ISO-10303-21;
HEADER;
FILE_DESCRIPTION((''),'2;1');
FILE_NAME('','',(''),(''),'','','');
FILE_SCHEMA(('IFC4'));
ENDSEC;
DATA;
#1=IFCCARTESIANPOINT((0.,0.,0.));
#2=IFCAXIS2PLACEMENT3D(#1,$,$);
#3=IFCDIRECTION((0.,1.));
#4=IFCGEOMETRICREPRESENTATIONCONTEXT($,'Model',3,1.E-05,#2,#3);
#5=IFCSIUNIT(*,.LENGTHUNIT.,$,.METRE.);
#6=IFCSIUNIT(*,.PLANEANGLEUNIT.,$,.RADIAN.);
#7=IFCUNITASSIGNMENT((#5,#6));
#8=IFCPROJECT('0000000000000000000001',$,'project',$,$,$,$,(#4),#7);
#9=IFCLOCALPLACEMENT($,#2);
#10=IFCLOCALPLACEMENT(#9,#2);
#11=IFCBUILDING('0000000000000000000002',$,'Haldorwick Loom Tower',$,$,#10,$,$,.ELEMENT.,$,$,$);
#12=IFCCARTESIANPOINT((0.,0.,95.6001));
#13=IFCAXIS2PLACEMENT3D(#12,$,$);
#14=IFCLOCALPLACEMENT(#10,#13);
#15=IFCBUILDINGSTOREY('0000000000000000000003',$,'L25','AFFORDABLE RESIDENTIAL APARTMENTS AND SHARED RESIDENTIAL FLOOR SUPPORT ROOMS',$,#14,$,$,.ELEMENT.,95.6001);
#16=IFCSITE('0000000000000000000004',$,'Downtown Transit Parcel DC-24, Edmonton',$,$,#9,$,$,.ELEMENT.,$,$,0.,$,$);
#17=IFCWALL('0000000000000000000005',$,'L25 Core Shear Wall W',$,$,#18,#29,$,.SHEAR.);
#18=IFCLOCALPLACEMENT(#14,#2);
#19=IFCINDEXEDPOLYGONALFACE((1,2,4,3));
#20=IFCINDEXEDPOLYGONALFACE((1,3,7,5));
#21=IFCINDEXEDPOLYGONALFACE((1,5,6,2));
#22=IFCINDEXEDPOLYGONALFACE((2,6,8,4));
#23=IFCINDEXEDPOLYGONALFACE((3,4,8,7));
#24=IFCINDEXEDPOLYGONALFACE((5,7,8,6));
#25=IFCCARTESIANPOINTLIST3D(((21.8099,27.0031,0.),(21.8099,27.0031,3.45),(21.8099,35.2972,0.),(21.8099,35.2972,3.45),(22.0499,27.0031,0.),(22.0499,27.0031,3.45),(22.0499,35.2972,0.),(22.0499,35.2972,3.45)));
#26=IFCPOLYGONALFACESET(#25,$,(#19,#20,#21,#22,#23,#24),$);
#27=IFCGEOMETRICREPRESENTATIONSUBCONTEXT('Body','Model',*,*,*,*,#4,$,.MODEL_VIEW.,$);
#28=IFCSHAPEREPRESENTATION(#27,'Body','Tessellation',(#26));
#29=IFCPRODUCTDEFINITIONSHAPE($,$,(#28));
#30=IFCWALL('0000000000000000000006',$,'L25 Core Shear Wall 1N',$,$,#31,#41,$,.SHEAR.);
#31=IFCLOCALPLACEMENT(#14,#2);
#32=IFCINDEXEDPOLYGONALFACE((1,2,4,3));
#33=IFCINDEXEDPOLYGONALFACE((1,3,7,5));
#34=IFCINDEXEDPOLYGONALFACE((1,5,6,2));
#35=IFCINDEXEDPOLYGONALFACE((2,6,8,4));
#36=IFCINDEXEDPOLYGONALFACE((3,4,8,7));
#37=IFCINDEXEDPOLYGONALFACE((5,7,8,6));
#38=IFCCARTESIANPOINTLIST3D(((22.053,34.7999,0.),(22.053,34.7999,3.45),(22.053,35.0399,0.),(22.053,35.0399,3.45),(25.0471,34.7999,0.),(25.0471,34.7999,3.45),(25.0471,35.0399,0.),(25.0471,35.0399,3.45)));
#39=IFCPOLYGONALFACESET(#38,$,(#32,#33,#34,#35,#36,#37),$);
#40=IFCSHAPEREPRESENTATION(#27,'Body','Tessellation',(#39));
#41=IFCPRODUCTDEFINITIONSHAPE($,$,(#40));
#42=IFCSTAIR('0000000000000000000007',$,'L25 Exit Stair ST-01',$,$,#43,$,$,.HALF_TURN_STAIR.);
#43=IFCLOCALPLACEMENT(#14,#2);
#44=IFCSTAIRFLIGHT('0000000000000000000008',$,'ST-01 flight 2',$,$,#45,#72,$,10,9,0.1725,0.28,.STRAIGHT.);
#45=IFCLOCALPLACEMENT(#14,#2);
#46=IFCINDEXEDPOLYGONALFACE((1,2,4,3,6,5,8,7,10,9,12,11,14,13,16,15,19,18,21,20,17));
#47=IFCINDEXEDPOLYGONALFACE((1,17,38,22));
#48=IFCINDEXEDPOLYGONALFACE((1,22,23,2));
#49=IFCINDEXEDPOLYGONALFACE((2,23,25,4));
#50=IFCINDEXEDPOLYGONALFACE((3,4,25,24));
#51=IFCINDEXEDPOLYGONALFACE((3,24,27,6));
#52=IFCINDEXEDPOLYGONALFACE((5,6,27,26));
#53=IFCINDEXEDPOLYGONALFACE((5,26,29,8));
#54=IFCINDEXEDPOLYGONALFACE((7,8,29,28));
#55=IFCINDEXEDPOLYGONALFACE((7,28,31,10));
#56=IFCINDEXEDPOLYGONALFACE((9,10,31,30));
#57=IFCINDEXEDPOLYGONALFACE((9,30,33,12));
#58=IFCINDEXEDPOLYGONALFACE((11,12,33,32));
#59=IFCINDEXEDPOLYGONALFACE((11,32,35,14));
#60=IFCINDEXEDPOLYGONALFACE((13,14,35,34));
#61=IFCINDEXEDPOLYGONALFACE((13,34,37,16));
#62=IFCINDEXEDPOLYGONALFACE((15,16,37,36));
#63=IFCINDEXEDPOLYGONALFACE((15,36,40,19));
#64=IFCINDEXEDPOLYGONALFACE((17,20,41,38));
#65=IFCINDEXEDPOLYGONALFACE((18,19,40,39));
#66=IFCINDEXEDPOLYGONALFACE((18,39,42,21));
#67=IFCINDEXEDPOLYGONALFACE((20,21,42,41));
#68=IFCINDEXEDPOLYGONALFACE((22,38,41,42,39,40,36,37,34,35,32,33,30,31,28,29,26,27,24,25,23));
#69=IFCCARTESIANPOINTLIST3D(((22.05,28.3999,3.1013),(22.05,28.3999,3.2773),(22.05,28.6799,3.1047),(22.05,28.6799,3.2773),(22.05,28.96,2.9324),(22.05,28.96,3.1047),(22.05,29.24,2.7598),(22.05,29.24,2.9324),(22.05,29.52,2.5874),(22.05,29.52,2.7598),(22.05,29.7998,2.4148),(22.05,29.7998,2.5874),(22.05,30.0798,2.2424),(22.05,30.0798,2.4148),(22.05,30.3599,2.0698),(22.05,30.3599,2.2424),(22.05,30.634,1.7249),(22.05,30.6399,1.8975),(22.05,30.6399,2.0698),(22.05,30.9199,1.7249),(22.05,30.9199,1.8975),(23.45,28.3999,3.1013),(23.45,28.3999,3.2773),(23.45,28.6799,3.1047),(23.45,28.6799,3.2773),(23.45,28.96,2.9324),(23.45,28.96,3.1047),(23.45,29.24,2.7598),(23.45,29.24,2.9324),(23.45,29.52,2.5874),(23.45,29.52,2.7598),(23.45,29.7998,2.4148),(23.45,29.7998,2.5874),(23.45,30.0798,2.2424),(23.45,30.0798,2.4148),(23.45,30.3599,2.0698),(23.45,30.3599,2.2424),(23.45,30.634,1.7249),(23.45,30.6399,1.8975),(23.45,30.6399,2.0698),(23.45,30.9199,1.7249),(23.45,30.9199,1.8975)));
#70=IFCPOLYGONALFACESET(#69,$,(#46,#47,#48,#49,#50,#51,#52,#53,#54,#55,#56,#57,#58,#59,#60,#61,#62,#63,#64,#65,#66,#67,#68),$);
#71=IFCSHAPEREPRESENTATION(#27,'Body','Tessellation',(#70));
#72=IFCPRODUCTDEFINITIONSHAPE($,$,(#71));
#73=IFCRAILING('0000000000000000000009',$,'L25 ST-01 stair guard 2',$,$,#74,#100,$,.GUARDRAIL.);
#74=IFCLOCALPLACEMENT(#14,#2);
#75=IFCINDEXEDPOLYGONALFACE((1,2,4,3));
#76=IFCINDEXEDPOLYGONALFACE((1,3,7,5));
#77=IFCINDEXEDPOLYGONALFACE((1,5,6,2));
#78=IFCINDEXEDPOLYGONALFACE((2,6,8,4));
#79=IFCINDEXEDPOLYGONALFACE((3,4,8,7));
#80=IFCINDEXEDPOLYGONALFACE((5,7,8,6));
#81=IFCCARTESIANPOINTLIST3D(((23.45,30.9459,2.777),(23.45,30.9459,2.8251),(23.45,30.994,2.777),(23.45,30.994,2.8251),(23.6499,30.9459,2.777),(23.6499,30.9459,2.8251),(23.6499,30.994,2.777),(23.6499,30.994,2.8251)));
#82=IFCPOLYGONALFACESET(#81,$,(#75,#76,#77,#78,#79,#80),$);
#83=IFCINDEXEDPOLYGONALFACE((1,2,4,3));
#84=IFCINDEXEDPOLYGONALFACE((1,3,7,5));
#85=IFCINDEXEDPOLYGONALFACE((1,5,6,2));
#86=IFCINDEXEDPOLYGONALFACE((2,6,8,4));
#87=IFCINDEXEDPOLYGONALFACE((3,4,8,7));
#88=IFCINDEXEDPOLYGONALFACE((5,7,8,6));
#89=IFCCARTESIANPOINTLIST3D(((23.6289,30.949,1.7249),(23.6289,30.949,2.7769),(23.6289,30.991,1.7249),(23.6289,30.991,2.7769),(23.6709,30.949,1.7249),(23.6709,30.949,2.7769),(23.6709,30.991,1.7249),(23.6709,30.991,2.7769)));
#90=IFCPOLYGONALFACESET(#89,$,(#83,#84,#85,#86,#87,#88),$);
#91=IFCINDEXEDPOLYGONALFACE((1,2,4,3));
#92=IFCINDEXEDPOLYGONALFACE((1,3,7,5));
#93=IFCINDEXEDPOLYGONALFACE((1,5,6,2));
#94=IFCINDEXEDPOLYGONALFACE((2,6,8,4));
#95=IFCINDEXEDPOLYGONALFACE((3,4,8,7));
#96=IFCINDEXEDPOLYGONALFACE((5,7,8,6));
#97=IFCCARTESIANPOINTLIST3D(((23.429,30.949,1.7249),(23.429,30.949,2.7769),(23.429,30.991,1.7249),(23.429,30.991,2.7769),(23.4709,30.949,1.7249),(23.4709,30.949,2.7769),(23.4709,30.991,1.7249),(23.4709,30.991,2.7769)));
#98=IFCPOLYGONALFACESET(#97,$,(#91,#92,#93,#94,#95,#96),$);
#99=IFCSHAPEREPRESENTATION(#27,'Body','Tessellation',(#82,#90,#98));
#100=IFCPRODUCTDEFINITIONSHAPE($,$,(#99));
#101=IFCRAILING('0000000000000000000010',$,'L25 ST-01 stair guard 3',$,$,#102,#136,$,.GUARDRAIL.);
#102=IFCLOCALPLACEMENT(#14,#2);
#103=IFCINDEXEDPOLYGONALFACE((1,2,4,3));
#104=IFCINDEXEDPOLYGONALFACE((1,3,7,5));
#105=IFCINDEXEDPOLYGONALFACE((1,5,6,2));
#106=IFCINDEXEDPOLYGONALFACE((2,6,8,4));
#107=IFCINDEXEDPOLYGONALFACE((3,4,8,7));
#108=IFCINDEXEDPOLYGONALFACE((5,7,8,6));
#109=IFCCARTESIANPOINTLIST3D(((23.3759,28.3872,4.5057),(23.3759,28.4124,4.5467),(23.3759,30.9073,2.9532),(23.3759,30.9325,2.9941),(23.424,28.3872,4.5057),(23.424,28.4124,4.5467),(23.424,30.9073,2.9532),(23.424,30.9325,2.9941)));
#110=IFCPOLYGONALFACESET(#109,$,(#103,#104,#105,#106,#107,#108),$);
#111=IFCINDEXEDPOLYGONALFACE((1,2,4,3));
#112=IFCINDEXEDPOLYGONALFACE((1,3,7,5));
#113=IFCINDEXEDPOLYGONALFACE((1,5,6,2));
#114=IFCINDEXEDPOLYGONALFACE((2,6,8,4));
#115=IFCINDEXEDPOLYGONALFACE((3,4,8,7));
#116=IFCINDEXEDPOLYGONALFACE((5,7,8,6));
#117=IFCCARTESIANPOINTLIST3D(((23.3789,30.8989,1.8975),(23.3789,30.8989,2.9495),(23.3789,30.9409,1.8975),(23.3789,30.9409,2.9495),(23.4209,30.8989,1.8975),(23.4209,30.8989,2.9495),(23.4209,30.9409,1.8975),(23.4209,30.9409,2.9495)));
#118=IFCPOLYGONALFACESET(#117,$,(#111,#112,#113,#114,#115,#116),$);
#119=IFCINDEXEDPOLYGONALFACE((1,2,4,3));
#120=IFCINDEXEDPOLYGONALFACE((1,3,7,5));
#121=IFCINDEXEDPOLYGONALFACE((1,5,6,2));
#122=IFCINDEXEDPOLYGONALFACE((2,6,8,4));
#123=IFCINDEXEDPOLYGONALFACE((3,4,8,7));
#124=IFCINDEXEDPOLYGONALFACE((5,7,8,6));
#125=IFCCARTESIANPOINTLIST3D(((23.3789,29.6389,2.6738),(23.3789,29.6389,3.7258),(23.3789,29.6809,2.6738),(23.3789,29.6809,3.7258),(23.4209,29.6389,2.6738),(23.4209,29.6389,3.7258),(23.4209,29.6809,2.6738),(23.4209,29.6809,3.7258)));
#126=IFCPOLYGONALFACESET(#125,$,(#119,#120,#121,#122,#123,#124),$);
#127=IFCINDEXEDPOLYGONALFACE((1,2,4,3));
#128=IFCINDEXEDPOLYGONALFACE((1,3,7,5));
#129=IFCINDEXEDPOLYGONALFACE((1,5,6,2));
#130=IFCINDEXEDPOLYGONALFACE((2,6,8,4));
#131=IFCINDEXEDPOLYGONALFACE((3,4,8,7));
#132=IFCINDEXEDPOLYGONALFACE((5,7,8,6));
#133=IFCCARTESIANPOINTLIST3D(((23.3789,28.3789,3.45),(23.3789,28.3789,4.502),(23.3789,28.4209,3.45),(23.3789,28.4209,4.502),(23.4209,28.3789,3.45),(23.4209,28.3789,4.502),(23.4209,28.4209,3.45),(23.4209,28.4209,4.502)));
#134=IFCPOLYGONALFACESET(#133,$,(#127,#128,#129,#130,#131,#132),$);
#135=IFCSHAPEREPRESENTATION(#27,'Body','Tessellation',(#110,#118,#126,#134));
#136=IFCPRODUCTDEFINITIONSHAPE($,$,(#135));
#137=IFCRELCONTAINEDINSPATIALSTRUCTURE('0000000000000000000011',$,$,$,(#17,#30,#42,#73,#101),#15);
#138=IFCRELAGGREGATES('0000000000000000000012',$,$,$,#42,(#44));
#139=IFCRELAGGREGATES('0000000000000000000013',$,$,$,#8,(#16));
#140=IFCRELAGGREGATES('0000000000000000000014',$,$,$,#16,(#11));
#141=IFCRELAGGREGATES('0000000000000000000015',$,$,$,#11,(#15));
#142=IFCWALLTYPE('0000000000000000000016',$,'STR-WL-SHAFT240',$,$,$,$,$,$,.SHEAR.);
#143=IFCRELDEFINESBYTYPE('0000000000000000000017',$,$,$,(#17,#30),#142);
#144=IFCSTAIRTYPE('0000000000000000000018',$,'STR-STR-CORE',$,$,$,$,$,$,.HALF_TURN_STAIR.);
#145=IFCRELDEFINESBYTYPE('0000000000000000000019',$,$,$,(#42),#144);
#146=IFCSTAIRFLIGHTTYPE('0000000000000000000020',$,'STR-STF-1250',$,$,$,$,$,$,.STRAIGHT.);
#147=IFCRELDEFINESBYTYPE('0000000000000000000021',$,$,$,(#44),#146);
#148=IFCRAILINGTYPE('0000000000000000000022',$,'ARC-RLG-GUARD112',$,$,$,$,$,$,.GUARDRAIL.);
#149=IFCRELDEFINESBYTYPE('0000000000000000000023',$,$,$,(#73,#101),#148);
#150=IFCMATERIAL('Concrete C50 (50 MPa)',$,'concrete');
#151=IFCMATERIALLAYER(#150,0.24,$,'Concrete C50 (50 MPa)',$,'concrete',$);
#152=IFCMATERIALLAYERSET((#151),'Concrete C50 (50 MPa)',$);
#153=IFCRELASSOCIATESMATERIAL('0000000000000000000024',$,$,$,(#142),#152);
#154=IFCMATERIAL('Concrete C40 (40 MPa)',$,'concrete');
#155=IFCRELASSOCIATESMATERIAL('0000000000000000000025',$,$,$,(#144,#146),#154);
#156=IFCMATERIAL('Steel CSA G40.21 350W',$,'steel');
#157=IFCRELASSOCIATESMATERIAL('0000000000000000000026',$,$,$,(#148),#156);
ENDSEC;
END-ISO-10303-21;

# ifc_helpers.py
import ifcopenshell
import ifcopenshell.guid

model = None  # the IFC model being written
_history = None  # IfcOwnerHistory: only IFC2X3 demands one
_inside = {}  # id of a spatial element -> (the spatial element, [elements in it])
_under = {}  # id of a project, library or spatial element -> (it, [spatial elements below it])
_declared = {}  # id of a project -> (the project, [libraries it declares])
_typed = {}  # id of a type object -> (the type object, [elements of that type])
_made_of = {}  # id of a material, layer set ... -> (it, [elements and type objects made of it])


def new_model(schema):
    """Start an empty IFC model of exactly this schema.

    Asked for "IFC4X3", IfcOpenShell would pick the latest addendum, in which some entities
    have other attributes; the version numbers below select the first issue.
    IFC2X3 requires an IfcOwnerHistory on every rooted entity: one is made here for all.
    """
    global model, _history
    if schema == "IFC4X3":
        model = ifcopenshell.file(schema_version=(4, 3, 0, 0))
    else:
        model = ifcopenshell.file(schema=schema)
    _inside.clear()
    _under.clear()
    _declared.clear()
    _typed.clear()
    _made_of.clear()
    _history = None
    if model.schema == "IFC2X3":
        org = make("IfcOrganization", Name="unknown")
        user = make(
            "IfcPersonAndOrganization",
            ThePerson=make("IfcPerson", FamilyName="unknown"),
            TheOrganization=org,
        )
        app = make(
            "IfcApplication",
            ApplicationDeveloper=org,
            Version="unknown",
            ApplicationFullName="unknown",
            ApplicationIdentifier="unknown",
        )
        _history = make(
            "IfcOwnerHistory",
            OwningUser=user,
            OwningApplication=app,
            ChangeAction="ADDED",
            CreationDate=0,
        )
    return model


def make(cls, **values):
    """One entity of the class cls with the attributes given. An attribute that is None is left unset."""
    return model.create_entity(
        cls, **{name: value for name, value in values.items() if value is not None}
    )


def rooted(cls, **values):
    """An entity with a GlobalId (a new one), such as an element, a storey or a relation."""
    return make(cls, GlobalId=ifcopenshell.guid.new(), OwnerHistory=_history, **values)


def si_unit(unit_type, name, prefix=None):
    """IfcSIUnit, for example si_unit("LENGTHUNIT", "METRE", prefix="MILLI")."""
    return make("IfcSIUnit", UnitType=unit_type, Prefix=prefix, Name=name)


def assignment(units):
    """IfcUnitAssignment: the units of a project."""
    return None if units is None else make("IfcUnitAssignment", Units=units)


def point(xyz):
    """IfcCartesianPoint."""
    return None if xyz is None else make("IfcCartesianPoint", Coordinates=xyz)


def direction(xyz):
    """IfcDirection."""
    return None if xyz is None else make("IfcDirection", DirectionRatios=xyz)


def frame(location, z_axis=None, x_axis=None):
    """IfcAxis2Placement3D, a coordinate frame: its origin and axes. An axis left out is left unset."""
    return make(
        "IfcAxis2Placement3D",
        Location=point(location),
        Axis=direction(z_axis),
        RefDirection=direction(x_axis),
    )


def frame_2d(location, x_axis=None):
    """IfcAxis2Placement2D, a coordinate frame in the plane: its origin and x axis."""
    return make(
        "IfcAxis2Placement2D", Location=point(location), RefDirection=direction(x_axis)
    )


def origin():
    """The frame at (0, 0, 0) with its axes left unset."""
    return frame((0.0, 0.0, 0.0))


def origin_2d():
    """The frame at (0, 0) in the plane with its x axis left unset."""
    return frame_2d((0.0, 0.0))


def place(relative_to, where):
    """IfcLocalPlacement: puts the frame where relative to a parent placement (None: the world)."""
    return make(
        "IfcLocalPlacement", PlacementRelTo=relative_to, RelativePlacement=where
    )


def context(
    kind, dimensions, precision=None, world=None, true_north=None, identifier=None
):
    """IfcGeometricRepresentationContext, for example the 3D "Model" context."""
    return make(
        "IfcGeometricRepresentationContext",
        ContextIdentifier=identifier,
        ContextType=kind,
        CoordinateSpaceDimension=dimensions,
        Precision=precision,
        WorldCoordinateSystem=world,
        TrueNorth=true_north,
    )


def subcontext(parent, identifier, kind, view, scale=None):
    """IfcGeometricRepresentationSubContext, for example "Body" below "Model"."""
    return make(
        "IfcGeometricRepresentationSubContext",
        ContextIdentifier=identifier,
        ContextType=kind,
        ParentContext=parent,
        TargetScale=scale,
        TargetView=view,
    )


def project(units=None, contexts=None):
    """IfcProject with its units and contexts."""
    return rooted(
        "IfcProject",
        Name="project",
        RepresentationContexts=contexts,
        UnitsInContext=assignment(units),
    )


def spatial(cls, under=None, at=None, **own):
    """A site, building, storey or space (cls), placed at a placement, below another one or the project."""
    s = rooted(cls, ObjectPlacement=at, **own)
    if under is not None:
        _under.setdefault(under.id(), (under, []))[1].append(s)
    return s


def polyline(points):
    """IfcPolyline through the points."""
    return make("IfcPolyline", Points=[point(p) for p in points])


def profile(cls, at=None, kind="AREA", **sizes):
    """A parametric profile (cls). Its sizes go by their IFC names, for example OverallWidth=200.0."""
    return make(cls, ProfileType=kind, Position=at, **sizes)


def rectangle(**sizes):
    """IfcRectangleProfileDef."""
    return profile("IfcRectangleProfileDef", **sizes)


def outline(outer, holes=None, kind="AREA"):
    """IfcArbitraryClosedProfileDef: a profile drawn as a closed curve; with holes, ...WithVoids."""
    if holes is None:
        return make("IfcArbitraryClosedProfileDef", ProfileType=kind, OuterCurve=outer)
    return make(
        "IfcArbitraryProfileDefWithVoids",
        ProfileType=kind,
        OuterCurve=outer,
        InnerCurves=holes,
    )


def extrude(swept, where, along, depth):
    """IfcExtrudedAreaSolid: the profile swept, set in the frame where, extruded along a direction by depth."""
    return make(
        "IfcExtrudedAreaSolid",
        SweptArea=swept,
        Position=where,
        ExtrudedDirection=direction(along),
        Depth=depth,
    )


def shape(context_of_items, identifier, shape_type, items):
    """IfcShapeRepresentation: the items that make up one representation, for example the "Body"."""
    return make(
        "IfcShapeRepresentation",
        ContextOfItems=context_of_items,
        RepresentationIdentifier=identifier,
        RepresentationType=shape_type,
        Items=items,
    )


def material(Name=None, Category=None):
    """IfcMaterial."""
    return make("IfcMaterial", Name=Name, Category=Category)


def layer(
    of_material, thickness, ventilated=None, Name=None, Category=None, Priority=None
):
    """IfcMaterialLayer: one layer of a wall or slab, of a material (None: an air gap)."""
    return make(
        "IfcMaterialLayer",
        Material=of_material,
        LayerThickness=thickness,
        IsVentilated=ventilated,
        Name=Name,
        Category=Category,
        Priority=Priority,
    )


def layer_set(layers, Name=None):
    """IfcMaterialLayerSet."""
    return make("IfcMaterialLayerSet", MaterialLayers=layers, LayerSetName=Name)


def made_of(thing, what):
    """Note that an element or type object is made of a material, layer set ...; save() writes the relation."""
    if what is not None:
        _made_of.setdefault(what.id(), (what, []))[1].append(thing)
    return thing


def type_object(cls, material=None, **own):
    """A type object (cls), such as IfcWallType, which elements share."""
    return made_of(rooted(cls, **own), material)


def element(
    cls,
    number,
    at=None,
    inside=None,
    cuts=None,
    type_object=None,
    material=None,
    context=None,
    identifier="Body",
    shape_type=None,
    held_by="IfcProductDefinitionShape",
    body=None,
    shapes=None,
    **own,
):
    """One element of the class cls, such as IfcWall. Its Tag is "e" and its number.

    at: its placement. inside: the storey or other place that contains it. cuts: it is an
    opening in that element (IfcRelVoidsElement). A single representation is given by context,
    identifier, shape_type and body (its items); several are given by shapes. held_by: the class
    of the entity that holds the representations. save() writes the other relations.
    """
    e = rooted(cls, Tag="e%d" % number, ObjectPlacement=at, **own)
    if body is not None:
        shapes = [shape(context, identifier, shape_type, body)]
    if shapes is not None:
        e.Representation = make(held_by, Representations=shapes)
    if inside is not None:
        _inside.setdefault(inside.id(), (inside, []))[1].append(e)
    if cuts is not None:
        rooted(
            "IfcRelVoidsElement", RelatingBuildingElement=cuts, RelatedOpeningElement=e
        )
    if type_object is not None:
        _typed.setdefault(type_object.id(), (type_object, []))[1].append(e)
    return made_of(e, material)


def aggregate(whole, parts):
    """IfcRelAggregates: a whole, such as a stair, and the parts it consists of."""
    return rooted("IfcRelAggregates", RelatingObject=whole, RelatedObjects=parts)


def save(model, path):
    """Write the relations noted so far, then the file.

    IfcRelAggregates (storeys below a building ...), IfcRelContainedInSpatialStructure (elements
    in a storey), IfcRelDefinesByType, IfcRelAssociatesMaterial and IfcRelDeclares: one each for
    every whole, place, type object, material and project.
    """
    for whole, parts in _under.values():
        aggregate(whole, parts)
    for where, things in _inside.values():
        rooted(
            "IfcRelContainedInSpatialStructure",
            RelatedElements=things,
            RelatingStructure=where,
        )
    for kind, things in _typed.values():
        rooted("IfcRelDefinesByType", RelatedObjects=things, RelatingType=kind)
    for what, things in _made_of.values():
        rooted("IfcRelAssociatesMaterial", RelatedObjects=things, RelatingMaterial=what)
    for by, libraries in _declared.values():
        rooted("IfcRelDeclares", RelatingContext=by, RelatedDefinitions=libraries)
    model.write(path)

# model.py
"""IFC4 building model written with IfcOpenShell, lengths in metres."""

from ifc_helpers import new_model, si_unit, direction, frame, frame_2d, origin, origin_2d, place, context, subcontext, project, spatial, polyline, rectangle, outline, extrude, material, layer, layer_set, type_object, element, aggregate, save


model = new_model("IFC4")

# Units and contexts
model_context = context("Model", 3, precision=1e-05, world=origin(), true_north=direction((0.0, 1.0)))
body_context = subcontext(model_context, "Body", "Model", "MODEL_VIEW")
ifc_project = project(units=[si_unit("LENGTHUNIT", "METRE"), si_unit("PLANEANGLEUNIT", "RADIAN")], contexts=[model_context])

# Site, building, storey
site_placement = place(None, origin())
site = spatial("IfcSite", under=ifc_project, at=site_placement, Name="Downtown Transit Parcel DC-24, Edmonton", CompositionType="ELEMENT", RefElevation=0.0)
building_placement = place(site_placement, origin())
building = spatial("IfcBuilding", under=site, at=building_placement, Name="Haldorwick Loom Tower", CompositionType="ELEMENT")
storey_placement = place(building_placement, frame((0.0, 0.0, 95.6001)))
storey = spatial("IfcBuildingStorey", under=building, at=storey_placement, Name="L25", Description="AFFORDABLE RESIDENTIAL APARTMENTS AND SHARED RESIDENTIAL FLOOR SUPPORT ROOMS", CompositionType="ELEMENT", Elevation=95.6001)

# Shared definitions
ifc_material_1 = material(Name="Steel CSA G40.21 350W", Category="steel")

# Walls
ifc_material_2 = material(Name="Concrete C50 (50 MPa)", Category="concrete")
ifc_layer_1 = layer(ifc_material_2, 0.24, Name="Concrete C50 (50 MPa)", Category="concrete")
ifc_layer_set_1 = layer_set([ifc_layer_1], Name="Concrete C50 (50 MPa)")
wall_type_1 = type_object("IfcWallType", Name="STR-WL-SHAFT240", PredefinedType="SHEAR", material=ifc_layer_set_1)
wall_1_placement = place(storey_placement, frame((21.9299, 35.2971, 0.0), z_axis=(0.0, 0.0, 1.0), x_axis=(0.0, -1.0, 0.0)))
element("IfcWall", 1, at=wall_1_placement, inside=storey, type_object=wall_type_1, Name="L25 Core Shear Wall W", PredefinedType="SHEAR", context=body_context, shape_type="SweptSolid", body=[
    extrude(rectangle(XDim=8.2942, YDim=0.24, at=frame_2d((4.147, 0.0))), origin(), (0.0, 0.0, 1.0), 3.45),
])
wall_2_placement = place(storey_placement, frame((22.053, 34.9199, 0.0), z_axis=(0.0, 0.0, 1.0), x_axis=(1.0, 0.0, 0.0)))
element("IfcWall", 2, at=wall_2_placement, inside=storey, type_object=wall_type_1, Name="L25 Core Shear Wall 1N", PredefinedType="SHEAR", context=body_context, shape_type="SweptSolid", body=[
    extrude(rectangle(XDim=2.9941, YDim=0.24, at=frame_2d((1.4971, 0.0))), origin(), (0.0, 0.0, 1.0), 3.45),
])

# Stair, stair flight
ifc_material_3 = material(Name="Concrete C40 (40 MPa)", Category="concrete")
stair_type = type_object("IfcStairType", Name="STR-STR-CORE", PredefinedType="HALF_TURN_STAIR", material=ifc_material_3)
stair_placement = place(storey_placement, origin())
stair = element("IfcStair", 3, at=stair_placement, inside=storey, type_object=stair_type, Name="L25 Exit Stair ST-01", PredefinedType="HALF_TURN_STAIR")
stair_flight_type = type_object("IfcStairFlightType", Name="STR-STF-1250", PredefinedType="STRAIGHT", material=ifc_material_3)
stair_flight_placement = place(storey_placement, frame((22.75, 30.9199, 1.7249), z_axis=(0.0, 0.0, 1.0), x_axis=(0.0, -1.0, 0.0)))
stair_flight = element("IfcStairFlight", 4, at=stair_flight_placement, type_object=stair_flight_type, Name="ST-01 flight 2", NumberOfRisers=10, NumberOfTreads=9, PredefinedType="STRAIGHT", RiserHeight=0.1725, TreadLength=0.28, context=body_context, shape_type="SweptSolid", body=[
    extrude(outline(polyline([(0.0, 0.0), (0.0, 0.1726), (0.28, 0.1726), (0.28, 0.345), (0.5601, 0.345), (0.5601, 0.5176), (0.8401, 0.5176), (0.8401, 0.6899), (1.1201, 0.6899), (1.1201, 0.8625), (1.3999, 0.8625), (1.3999, 1.0349), (1.6799, 1.0349), (1.6799, 1.2075), (1.96, 1.2075), (1.96, 1.3799), (2.24, 1.3799), (2.24, 1.5525), (2.52, 1.5525), (2.52, 1.7251), (2.52, 1.3765), (0.2859, 0.0), (0.0, 0.0)])), frame((0.0, 0.7, 0.0), z_axis=(0.0, -1.0, 0.0), x_axis=(1.0, 0.0, 0.0)), (0.0, 0.0, 1.0), 1.3999),
])
aggregate(stair, [stair_flight])

# Railings
railing_type = type_object("IfcRailingType", Name="ARC-RLG-GUARD112", PredefinedType="GUARDRAIL", material=ifc_material_1)
railing_1_placement = place(storey_placement, frame((23.6499, 30.97, 1.7249)))
element("IfcRailing", 5, at=railing_1_placement, inside=storey, type_object=railing_type, Name="L25 ST-01 stair guard 2", PredefinedType="GUARDRAIL", context=body_context, shape_type="SweptSolid", body=[
    extrude(rectangle(XDim=0.0481, YDim=0.0481, at=origin_2d()), frame((0.0, 0.0, 1.0762), z_axis=(-1.0, 0.0, 0.0), x_axis=(0.0, -1.0, 0.0)), (0.0, 0.0, 1.0), 0.2),
    extrude(rectangle(XDim=0.042, YDim=0.042, at=origin_2d()), origin(), (0.0, 0.0, 1.0), 1.052),
    extrude(rectangle(XDim=0.042, YDim=0.042, at=origin_2d()), frame((-0.2, 0.0, 0.0)), (0.0, 0.0, 1.0), 1.052),
])
railing_2_placement = place(storey_placement, frame((23.3999, 30.9199, 1.8975)))
element("IfcRailing", 6, at=railing_2_placement, inside=storey, type_object=railing_type, Name="L25 ST-01 stair guard 3", PredefinedType="GUARDRAIL", context=body_context, shape_type="SweptSolid", body=[
    extrude(rectangle(XDim=0.0481, YDim=0.0481, at=origin_2d()), frame((0.0, 0.0, 1.0762), z_axis=(0.0, -0.8514, 0.524516), x_axis=(1.0, 0.0, 0.0)), (0.0, 0.0, 1.0), 2.96),
    extrude(rectangle(XDim=0.042, YDim=0.042, at=origin_2d()), origin(), (0.0, 0.0, 1.0), 1.052),
    extrude(rectangle(XDim=0.042, YDim=0.042, at=origin_2d()), frame((0.0, -1.26, 0.7764)), (0.0, 0.0, 1.0), 1.052),
    extrude(rectangle(XDim=0.042, YDim=0.042, at=origin_2d()), frame((0.0, -2.52, 1.5525)), (0.0, 0.0, 1.0), 1.052),
])

save(model, "model.ifc")
